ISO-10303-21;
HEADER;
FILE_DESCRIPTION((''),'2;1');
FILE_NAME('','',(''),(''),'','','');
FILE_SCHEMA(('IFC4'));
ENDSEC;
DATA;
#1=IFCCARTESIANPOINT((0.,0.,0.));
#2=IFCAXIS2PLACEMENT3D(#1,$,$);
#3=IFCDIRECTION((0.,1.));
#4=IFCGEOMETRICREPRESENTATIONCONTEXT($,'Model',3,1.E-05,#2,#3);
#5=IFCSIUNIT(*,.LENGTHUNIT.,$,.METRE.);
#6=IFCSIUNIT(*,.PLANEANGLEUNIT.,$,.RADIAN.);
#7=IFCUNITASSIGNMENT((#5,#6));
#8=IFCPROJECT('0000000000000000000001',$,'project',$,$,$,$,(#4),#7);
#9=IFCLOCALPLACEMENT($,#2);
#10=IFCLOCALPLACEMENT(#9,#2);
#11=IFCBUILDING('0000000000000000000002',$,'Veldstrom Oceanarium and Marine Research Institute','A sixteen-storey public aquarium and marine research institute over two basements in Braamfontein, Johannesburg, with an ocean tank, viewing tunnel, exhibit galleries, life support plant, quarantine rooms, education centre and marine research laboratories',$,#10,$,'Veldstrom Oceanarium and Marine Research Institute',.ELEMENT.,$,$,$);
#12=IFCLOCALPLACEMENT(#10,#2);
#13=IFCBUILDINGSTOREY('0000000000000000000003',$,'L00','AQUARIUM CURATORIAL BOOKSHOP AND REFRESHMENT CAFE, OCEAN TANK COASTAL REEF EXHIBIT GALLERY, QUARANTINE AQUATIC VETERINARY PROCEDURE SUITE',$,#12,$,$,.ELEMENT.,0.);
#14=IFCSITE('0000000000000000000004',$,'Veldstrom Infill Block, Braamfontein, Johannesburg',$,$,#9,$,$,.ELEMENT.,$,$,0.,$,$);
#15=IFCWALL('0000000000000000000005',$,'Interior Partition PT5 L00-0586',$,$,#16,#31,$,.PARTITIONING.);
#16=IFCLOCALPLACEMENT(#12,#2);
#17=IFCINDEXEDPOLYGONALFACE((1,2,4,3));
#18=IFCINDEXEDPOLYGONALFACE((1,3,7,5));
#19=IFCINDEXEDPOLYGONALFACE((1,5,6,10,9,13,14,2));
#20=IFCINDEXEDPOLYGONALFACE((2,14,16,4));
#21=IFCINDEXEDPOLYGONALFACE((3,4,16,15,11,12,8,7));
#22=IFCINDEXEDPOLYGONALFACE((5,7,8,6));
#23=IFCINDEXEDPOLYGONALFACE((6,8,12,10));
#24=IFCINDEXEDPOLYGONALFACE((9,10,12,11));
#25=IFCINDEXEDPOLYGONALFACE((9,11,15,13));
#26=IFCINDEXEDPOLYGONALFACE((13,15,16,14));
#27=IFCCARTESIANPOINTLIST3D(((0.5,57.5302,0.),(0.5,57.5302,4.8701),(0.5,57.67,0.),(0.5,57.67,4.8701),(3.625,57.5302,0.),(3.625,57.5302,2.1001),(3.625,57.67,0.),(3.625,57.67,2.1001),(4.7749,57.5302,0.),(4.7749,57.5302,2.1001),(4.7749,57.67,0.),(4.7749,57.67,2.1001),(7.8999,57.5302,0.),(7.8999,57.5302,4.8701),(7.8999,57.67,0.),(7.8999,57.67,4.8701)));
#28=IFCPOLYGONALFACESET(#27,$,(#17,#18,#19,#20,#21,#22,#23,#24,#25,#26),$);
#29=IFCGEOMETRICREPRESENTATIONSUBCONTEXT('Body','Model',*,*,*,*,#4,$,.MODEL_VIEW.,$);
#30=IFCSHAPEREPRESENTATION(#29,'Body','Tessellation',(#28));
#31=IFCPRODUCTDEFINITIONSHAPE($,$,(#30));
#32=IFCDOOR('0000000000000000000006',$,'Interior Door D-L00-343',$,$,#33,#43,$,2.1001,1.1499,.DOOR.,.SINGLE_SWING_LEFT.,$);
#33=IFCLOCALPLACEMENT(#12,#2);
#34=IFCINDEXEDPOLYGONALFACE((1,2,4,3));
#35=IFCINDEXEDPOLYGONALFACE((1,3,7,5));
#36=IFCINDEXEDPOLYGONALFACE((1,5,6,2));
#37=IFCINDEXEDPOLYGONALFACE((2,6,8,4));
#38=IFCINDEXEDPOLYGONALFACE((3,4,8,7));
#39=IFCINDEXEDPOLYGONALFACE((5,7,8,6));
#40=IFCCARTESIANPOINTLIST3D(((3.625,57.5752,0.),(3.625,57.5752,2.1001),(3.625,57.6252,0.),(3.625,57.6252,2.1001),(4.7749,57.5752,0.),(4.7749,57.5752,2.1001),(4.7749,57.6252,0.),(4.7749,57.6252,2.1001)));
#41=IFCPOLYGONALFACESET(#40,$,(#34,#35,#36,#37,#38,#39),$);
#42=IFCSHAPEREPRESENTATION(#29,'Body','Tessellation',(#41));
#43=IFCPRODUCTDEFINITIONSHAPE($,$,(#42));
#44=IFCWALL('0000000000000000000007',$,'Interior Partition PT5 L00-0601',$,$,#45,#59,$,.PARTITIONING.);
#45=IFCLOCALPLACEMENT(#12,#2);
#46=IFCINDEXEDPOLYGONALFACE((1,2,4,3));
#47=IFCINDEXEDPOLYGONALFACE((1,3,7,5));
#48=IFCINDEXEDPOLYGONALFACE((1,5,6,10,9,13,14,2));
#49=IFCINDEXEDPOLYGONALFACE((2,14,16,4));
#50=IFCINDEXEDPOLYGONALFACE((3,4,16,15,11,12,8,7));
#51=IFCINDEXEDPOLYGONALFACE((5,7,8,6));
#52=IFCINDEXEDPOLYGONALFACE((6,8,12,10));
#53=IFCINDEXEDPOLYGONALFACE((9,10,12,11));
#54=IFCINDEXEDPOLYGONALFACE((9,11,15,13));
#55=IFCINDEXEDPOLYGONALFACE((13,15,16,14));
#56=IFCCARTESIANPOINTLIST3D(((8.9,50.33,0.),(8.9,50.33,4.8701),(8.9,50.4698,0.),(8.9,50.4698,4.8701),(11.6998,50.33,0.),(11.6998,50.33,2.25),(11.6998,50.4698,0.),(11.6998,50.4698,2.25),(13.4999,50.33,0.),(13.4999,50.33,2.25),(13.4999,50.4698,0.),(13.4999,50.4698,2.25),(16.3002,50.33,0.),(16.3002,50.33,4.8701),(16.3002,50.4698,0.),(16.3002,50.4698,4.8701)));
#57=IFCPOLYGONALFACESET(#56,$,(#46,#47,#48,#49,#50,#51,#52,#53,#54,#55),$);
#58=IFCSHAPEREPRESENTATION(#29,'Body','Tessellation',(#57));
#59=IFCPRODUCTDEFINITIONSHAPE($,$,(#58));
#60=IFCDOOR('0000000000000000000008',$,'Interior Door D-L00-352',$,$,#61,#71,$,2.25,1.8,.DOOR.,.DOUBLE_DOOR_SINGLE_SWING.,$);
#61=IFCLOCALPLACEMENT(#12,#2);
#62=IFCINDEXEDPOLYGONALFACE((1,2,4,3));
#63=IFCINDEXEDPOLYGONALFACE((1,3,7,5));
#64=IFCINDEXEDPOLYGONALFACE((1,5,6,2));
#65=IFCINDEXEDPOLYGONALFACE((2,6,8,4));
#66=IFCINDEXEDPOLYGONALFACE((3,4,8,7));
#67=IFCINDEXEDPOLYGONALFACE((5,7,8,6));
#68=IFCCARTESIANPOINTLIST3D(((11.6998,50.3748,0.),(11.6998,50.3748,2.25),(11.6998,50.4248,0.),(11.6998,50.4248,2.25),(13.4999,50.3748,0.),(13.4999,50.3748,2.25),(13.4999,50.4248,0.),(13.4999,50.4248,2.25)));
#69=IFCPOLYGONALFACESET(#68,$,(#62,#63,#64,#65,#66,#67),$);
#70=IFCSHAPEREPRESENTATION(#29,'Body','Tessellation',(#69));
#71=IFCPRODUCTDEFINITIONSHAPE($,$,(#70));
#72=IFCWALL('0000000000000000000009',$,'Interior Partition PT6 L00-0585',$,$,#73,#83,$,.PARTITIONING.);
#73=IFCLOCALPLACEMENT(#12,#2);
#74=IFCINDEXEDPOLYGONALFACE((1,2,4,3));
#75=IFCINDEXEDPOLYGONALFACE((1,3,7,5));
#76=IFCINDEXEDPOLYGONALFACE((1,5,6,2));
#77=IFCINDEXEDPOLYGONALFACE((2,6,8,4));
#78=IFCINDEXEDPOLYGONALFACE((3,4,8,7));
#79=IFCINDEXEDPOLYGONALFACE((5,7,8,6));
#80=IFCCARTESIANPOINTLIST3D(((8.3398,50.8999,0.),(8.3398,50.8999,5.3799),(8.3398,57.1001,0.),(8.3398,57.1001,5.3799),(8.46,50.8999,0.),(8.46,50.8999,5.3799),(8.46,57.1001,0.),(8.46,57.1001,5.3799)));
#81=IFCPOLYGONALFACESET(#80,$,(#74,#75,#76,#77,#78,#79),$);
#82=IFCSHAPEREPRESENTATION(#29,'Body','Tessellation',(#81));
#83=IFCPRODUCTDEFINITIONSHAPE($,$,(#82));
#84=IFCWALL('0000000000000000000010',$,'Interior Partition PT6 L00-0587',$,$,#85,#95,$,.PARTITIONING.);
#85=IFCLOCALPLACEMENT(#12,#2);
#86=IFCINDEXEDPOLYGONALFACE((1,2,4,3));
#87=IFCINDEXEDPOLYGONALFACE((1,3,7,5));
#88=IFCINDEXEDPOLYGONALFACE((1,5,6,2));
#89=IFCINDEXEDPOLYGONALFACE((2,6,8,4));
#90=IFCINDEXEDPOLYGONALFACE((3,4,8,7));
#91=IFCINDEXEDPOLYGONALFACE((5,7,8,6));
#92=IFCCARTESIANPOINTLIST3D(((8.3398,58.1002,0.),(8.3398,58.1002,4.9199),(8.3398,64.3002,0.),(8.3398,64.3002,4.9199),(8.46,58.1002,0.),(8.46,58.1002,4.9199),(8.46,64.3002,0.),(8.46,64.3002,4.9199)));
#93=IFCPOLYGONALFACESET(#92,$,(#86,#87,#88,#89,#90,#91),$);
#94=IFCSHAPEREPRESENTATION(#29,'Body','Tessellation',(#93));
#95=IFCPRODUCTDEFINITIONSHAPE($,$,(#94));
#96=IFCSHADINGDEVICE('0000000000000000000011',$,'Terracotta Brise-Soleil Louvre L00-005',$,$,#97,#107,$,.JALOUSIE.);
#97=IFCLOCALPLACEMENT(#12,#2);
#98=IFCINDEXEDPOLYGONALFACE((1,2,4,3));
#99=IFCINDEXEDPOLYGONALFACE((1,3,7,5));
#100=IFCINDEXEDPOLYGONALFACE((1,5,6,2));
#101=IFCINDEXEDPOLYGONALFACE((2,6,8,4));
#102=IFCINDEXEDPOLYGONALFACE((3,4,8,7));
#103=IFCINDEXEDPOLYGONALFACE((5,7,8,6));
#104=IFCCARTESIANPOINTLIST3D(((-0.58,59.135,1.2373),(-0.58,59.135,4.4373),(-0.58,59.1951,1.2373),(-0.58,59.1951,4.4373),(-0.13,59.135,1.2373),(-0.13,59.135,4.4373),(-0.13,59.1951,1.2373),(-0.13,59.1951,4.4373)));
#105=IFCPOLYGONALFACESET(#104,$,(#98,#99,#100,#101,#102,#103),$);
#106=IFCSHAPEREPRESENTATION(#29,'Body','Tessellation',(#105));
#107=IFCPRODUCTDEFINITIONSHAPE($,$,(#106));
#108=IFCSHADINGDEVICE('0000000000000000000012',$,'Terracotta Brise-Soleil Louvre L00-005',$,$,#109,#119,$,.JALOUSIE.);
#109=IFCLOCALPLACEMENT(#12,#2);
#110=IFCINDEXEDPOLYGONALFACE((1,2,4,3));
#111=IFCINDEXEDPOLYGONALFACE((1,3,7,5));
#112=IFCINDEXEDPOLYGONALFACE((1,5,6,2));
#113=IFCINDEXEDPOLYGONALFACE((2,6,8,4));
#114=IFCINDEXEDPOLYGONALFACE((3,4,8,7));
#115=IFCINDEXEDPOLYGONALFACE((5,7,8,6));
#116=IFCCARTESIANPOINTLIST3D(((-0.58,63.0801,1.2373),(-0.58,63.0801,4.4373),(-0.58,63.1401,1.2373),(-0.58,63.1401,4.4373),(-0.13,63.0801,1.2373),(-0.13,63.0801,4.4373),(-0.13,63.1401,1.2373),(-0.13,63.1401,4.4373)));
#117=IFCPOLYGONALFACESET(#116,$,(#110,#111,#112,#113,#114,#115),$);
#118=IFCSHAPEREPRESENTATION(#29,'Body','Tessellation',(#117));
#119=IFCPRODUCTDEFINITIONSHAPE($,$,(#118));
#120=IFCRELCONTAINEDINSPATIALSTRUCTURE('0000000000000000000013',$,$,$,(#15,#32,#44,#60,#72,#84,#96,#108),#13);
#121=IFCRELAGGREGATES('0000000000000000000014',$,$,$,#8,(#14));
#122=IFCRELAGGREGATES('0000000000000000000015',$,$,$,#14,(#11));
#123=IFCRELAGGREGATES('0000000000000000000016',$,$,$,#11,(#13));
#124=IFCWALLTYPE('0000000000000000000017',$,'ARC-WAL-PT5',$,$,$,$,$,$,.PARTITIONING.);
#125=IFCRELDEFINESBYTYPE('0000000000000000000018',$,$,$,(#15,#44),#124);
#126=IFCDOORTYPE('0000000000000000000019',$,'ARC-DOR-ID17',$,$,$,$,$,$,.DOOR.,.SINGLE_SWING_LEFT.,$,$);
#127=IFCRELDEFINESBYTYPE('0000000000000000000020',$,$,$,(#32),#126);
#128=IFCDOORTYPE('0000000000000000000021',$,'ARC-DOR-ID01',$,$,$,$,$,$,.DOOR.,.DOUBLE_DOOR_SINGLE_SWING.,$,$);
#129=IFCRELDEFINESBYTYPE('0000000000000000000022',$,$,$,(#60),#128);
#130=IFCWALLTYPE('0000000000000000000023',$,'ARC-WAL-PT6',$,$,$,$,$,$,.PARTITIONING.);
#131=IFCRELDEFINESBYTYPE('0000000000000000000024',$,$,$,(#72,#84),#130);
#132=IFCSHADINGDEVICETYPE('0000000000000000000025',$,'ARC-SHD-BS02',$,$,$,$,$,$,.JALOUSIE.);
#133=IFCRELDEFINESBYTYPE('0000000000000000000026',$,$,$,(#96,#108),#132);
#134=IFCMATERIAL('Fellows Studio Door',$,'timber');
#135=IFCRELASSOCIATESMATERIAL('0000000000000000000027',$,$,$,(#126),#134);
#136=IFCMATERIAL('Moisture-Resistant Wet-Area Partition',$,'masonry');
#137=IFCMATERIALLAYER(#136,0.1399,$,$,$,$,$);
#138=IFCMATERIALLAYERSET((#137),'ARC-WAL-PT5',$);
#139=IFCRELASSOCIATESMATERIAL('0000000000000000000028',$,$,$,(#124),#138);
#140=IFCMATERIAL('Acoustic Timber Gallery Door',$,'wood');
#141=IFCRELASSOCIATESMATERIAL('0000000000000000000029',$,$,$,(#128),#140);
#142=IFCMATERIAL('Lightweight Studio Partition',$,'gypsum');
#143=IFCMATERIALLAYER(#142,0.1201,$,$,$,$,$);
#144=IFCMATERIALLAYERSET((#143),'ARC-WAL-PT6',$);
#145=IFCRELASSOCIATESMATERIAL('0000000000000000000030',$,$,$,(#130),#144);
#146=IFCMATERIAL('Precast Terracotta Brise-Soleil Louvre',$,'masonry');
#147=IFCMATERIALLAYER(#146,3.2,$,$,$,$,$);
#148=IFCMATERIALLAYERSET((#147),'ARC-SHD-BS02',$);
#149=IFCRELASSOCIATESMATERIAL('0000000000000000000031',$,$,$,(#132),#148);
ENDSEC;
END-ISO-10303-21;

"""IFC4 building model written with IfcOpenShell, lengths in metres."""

from ifc_helpers import new_model, si_unit, direction, frame, frame_2d, origin, origin_2d, place, context, subcontext, project, spatial, rectangle, extrude, material, layer, layer_set, type_object, element, fill, save


model = new_model("IFC4")

# Units and contexts
model_context = context("Model", 3, precision=1e-05, world=origin(), true_north=direction((0.0, 1.0)))
body_context = subcontext(model_context, "Body", "Model", "MODEL_VIEW")
ifc_project = project(units=[si_unit("LENGTHUNIT", "METRE"), si_unit("PLANEANGLEUNIT", "RADIAN")], contexts=[model_context])

# Site, building, storey
site_placement = place(None, origin())
site = spatial("IfcSite", under=ifc_project, at=site_placement, Name="Veldstrom Infill Block, Braamfontein, Johannesburg", CompositionType="ELEMENT", RefElevation=0.0)
building_placement = place(site_placement, origin())
building = spatial("IfcBuilding", under=site, at=building_placement, Name="Veldstrom Oceanarium and Marine Research Institute", Description="A sixteen-storey public aquarium and marine research institute over two basements in Braamfontein, Johannesburg, with an ocean tank, viewing tunnel, exhibit galleries, life support plant, quarantine rooms, education centre and marine research laboratories", LongName="Veldstrom Oceanarium and Marine Research Institute", CompositionType="ELEMENT")
storey_placement = place(building_placement, origin())
storey = spatial("IfcBuildingStorey", under=building, at=storey_placement, Name="L00", Description="AQUARIUM CURATORIAL BOOKSHOP AND REFRESHMENT CAFE, OCEAN TANK COASTAL REEF EXHIBIT GALLERY, QUARANTINE AQUATIC VETERINARY PROCEDURE SUITE", CompositionType="ELEMENT", Elevation=0.0)

# Walls, openings, doors
ifc_material_1 = material(Name="Fellows Studio Door", Category="timber")
door_type_1 = type_object("IfcDoorType", Name="ARC-DOR-ID17", OperationType="SINGLE_SWING_LEFT", PredefinedType="DOOR", material=ifc_material_1)
ifc_material_2 = material(Name="Moisture-Resistant Wet-Area Partition", Category="masonry")
ifc_layer_1 = layer(ifc_material_2, 0.1399)
ifc_layer_set_1 = layer_set([ifc_layer_1], Name="ARC-WAL-PT5")
wall_type_1 = type_object("IfcWallType", Name="ARC-WAL-PT5", PredefinedType="PARTITIONING", material=ifc_layer_set_1)
wall_1_placement = place(storey_placement, frame((0.5, 57.6001, 0.0), z_axis=(0.0, 0.0, 1.0), x_axis=(1.0, 0.0, 0.0)))
wall_1 = element("IfcWall", 1, at=wall_1_placement, inside=storey, type_object=wall_type_1, Name="Interior Partition PT5 L00-0586", PredefinedType="PARTITIONING", context=body_context, shape_type="SweptSolid", body=[
    extrude(rectangle(XDim=7.3999, YDim=0.1399, at=frame_2d((3.7, 0.0))), origin(), (0.0, 0.0, 1.0), 4.8701),
])
opening_1_placement = place(wall_1_placement, frame((3.125, 0.0, 0.0)))
opening_1 = element("IfcOpeningElement", 2, at=opening_1_placement, cuts=wall_1, PredefinedType="OPENING", context=body_context, shape_type="SweptSolid", body=[
    extrude(rectangle(XDim=1.1499, YDim=2.1001, at=frame_2d((0.575, 1.05))), frame((0.0, 0.0798, 0.0), z_axis=(0.0, -1.0, 0.0), x_axis=(1.0, 0.0, 0.0)), (0.0, 0.0, 1.0), 0.1599),
])
door_1_placement = place(opening_1_placement, frame((1.1499, 0.0, 0.0), z_axis=(0.0, 0.0, 1.0), x_axis=(-1.0, 0.0, 0.0)))
door_1 = element("IfcDoor", 3, at=door_1_placement, inside=storey, type_object=door_type_1, Name="Interior Door D-L00-343", OperationType="SINGLE_SWING_LEFT", OverallHeight=2.1001, OverallWidth=1.1499, PredefinedType="DOOR", context=body_context, shape_type="SweptSolid", body=[
    extrude(rectangle(XDim=1.1499, YDim=2.1001, at=frame_2d((0.575, 1.05))), frame((0.0, 0.0249, 0.0), z_axis=(0.0, -1.0, 0.0), x_axis=(1.0, 0.0, 0.0)), (0.0, 0.0, 1.0), 0.05),
])
fill(opening_1, door_1)
wall_2_placement = place(storey_placement, frame((8.8999, 50.3999, 0.0), z_axis=(0.0, 0.0, 1.0), x_axis=(1.0, 0.0, 0.0)))
wall_2 = element("IfcWall", 4, at=wall_2_placement, inside=storey, type_object=wall_type_1, Name="Interior Partition PT5 L00-0601", PredefinedType="PARTITIONING", context=body_context, shape_type="SweptSolid", body=[
    extrude(rectangle(XDim=7.4001, YDim=0.1399, at=frame_2d((3.7002, 0.0))), origin(), (0.0, 0.0, 1.0), 4.8701),
])
opening_2_placement = place(wall_2_placement, frame((2.8, 0.0, 0.0)))
opening_2 = element("IfcOpeningElement", 5, at=opening_2_placement, cuts=wall_2, PredefinedType="OPENING", context=body_context, shape_type="SweptSolid", body=[
    extrude(rectangle(XDim=1.8, YDim=2.25, at=frame_2d((0.8999, 1.125))), frame((0.0, 0.0798, 0.0), z_axis=(0.0, -1.0, 0.0), x_axis=(1.0, 0.0, 0.0)), (0.0, 0.0, 1.0), 0.1599),
])
ifc_material_3 = material(Name="Acoustic Timber Gallery Door", Category="wood")
door_type_2 = type_object("IfcDoorType", Name="ARC-DOR-ID01", OperationType="DOUBLE_DOOR_SINGLE_SWING", PredefinedType="DOOR", material=ifc_material_3)
door_2_placement = place(opening_2_placement, origin())
door_2 = element("IfcDoor", 6, at=door_2_placement, inside=storey, type_object=door_type_2, Name="Interior Door D-L00-352", OperationType="DOUBLE_DOOR_SINGLE_SWING", OverallHeight=2.25, OverallWidth=1.8, PredefinedType="DOOR", context=body_context, shape_type="SweptSolid", body=[
    extrude(rectangle(XDim=1.8, YDim=2.25, at=frame_2d((0.8999, 1.125))), frame((0.0, 0.0249, 0.0), z_axis=(0.0, -1.0, 0.0), x_axis=(1.0, 0.0, 0.0)), (0.0, 0.0, 1.0), 0.05),
])
fill(opening_2, door_2)

# Walls
ifc_material_4 = material(Name="Lightweight Studio Partition", Category="gypsum")
ifc_layer_2 = layer(ifc_material_4, 0.1201)
ifc_layer_set_2 = layer_set([ifc_layer_2], Name="ARC-WAL-PT6")
wall_type_2 = type_object("IfcWallType", Name="ARC-WAL-PT6", PredefinedType="PARTITIONING", material=ifc_layer_set_2)
wall_3_placement = place(storey_placement, frame((8.3999, 50.8999, 0.0), z_axis=(0.0, 0.0, 1.0), x_axis=(0.0, 1.0, 0.0)))
element("IfcWall", 7, at=wall_3_placement, inside=storey, type_object=wall_type_2, Name="Interior Partition PT6 L00-0585", PredefinedType="PARTITIONING", context=body_context, shape_type="SweptSolid", body=[
    extrude(rectangle(XDim=6.2002, YDim=0.1201, at=frame_2d((3.1001, 0.0))), origin(), (0.0, 0.0, 1.0), 5.3799),
])
wall_4_placement = place(storey_placement, frame((8.3999, 58.1001, 0.0), z_axis=(0.0, 0.0, 1.0), x_axis=(0.0, 1.0, 0.0)))
element("IfcWall", 8, at=wall_4_placement, inside=storey, type_object=wall_type_2, Name="Interior Partition PT6 L00-0587", PredefinedType="PARTITIONING", context=body_context, shape_type="SweptSolid", body=[
    extrude(rectangle(XDim=6.2, YDim=0.1201, at=frame_2d((3.1001, 0.0))), origin(), (0.0, 0.0, 1.0), 4.9199),
])

# Shading devices
ifc_material_5 = material(Name="Precast Terracotta Brise-Soleil Louvre", Category="masonry")
ifc_layer_3 = layer(ifc_material_5, 3.2)
ifc_layer_set_3 = layer_set([ifc_layer_3], Name="ARC-SHD-BS02")
shading_device_type = type_object("IfcShadingDeviceType", Name="ARC-SHD-BS02", PredefinedType="JALOUSIE", material=ifc_layer_set_3)
for number, where, z_axis, x_axis, name in (
    (9, (-0.355, 59.165, 1.2373), (0.0, 0.0, 1.0), (1.0, 0.0, 0.0), "Terracotta Brise-Soleil Louvre L00-005"),
    (10, (-0.355, 63.1101, 1.2373), (0.0, 0.0, 1.0), (1.0, 0.0, 0.0), "Terracotta Brise-Soleil Louvre L00-005"),
):
    element("IfcShadingDevice", number, at=place(storey_placement, frame(where, z_axis=z_axis, x_axis=x_axis)), inside=storey, type_object=shading_device_type, Name=name, PredefinedType="JALOUSIE", context=body_context, shape_type="SweptSolid", body=[
        extrude(rectangle(XDim=0.45, YDim=0.0601, at=origin_2d()), origin(), (0.0, 0.0, 1.0), 3.2),
    ])

save(model, "model.ifc")
